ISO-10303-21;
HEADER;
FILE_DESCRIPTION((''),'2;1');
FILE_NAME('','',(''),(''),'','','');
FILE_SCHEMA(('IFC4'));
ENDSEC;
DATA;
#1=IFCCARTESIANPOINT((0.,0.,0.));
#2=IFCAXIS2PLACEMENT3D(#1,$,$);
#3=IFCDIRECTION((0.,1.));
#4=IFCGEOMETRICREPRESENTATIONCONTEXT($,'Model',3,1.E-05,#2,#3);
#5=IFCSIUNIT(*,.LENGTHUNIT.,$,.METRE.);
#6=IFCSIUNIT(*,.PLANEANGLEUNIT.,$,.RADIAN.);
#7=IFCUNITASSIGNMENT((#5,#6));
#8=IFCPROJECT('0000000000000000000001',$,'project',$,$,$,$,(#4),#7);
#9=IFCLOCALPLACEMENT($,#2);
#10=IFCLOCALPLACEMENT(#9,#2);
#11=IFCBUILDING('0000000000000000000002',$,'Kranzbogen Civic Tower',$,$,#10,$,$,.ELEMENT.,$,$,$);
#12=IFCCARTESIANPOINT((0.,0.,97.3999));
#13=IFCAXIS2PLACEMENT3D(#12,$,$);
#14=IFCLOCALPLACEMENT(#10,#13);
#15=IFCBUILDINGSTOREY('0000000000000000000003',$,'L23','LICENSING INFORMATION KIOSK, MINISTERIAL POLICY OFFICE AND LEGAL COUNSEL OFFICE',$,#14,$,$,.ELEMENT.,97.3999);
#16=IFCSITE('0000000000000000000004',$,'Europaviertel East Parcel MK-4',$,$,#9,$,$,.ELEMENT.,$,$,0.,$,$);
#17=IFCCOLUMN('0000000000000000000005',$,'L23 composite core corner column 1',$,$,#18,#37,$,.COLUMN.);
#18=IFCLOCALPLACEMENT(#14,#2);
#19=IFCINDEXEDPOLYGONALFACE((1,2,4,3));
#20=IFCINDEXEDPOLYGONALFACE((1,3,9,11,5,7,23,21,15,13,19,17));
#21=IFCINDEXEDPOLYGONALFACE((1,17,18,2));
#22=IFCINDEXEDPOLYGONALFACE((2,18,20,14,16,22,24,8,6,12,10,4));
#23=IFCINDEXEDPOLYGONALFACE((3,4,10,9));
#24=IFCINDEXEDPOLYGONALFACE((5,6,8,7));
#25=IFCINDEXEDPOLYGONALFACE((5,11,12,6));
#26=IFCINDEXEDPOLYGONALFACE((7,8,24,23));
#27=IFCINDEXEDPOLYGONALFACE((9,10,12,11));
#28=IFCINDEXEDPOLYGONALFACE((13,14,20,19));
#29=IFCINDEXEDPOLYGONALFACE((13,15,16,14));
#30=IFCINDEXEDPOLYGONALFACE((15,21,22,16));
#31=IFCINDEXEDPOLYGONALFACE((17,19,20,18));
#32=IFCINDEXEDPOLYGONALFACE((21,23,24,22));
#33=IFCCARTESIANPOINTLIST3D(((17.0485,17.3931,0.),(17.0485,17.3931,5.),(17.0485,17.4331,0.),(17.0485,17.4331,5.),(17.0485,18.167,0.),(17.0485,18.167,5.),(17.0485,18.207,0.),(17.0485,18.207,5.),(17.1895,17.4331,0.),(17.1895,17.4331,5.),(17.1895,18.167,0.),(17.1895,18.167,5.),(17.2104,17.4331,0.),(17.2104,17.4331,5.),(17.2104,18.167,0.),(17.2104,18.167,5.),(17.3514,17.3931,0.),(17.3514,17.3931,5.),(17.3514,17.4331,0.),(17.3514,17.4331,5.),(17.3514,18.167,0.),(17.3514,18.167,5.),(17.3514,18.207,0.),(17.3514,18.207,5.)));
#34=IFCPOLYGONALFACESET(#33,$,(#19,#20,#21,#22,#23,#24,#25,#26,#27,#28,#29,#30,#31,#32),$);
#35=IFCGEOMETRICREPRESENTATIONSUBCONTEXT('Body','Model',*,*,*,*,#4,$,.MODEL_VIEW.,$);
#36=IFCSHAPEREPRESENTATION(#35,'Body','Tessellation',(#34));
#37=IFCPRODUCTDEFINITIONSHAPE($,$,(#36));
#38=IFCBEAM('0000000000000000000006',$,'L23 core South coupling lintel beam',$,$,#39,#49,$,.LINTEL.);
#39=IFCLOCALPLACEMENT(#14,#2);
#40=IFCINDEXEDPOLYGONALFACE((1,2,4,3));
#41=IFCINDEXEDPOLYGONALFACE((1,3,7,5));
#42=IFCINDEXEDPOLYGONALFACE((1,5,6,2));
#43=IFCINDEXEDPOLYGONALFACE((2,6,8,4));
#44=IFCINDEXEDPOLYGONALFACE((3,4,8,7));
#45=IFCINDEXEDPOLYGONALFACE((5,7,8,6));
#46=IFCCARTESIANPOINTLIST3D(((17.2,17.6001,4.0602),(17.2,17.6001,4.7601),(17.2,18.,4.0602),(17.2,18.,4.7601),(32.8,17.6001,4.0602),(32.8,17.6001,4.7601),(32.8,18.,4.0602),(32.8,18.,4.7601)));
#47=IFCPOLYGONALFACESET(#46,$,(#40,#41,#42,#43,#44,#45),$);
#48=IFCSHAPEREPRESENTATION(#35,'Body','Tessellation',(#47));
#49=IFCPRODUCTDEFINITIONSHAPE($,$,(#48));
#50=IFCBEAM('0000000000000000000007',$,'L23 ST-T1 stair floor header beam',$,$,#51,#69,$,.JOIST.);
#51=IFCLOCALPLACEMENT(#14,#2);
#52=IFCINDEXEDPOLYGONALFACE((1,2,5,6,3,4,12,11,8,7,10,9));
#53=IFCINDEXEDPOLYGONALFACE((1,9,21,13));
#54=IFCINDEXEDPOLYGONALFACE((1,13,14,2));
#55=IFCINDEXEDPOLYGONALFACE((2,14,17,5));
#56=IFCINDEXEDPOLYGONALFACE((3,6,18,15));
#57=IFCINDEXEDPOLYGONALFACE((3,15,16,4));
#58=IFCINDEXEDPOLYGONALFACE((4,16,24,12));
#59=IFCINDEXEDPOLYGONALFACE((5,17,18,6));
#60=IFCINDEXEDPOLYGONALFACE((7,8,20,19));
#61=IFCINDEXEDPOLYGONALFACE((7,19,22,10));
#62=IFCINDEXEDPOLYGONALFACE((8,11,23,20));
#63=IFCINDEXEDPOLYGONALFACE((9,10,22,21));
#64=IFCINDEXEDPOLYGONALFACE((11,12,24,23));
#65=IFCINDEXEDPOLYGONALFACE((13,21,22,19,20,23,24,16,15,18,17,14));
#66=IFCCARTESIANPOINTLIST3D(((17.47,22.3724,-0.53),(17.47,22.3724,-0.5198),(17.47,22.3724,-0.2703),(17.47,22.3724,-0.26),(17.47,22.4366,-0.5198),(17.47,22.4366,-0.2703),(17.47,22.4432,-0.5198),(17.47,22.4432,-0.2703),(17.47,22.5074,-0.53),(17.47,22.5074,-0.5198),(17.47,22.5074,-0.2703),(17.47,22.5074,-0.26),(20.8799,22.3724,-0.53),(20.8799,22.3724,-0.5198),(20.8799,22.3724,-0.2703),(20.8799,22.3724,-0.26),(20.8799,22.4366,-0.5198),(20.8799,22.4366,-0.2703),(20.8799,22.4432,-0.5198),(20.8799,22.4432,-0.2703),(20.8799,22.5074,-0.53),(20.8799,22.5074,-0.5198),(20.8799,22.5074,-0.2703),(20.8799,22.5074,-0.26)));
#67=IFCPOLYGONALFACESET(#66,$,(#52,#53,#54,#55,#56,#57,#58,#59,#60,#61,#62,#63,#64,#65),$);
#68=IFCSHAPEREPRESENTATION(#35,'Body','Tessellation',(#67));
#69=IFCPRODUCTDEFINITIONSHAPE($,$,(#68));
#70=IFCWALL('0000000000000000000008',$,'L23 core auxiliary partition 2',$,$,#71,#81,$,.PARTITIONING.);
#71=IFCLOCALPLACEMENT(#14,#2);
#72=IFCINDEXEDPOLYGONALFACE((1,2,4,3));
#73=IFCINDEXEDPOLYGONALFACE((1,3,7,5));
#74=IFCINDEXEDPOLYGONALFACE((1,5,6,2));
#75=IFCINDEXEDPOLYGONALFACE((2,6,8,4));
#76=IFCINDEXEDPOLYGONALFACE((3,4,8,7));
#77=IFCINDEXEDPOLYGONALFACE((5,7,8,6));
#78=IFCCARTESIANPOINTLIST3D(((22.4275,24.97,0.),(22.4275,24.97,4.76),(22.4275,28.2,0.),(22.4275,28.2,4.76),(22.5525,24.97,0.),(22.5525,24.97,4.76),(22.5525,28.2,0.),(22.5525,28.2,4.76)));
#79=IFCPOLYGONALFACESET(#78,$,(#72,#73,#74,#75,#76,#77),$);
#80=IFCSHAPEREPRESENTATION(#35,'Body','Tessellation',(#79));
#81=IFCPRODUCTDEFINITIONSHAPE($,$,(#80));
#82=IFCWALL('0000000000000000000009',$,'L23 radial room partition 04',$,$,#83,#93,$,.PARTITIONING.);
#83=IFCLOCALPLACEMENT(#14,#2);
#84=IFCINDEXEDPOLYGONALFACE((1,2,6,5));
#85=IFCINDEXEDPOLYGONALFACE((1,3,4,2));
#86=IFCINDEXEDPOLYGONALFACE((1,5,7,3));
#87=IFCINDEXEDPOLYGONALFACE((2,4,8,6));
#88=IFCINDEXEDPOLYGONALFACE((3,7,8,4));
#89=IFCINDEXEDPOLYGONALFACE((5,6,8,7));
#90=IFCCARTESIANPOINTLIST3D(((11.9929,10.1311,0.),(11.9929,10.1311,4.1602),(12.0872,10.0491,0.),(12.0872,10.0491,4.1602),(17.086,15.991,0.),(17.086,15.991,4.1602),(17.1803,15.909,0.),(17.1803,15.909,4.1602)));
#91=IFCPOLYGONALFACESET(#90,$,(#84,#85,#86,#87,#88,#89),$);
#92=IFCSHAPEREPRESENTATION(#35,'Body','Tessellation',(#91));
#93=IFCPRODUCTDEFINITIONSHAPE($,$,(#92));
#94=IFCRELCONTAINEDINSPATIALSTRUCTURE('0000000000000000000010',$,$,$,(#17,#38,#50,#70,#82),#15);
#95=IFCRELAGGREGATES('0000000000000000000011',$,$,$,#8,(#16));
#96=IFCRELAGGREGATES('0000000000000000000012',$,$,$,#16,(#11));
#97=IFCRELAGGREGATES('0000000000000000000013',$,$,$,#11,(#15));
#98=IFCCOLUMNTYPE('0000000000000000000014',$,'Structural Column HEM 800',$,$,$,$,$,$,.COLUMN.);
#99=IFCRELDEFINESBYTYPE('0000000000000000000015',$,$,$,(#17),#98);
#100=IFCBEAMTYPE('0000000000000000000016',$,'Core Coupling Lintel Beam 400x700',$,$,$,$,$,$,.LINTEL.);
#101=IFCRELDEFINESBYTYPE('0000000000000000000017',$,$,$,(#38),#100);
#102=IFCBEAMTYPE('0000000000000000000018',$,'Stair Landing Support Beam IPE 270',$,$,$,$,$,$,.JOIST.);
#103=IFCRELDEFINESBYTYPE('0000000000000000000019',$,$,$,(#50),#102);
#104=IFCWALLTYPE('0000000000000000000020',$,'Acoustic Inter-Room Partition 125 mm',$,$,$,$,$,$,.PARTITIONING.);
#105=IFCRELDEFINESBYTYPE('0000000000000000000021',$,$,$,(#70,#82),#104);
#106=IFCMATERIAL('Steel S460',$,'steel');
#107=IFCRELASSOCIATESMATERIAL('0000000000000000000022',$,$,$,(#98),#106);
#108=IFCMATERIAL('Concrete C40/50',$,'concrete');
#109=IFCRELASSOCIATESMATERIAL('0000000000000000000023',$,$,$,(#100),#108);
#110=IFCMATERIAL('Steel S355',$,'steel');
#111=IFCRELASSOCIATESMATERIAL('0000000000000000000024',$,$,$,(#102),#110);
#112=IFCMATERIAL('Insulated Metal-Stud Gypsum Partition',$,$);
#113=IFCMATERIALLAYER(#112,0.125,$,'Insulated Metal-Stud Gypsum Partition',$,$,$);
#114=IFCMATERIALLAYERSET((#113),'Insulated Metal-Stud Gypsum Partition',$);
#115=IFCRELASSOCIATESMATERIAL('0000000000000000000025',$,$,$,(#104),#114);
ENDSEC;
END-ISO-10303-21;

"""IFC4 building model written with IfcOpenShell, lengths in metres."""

from ifc_helpers import new_model, si_unit, direction, frame, frame_2d, origin, origin_2d, place, context, subcontext, project, spatial, rectangle, i_section, extrude, material, layer, layer_set, material_profile, profile_set, type_object, element, save


model = new_model("IFC4")

# Units and contexts
model_context = context("Model", 3, precision=1e-05, world=origin(), true_north=direction((0.0, 1.0)))
body_context = subcontext(model_context, "Body", "Model", "MODEL_VIEW")
ifc_project = project(units=[si_unit("LENGTHUNIT", "METRE"), si_unit("PLANEANGLEUNIT", "RADIAN")], contexts=[model_context])

# Site, building, storey
site_placement = place(None, origin())
site = spatial("IfcSite", under=ifc_project, at=site_placement, Name="Europaviertel East Parcel MK-4", CompositionType="ELEMENT", RefElevation=0.0)
building_placement = place(site_placement, origin())
building = spatial("IfcBuilding", under=site, at=building_placement, Name="Kranzbogen Civic Tower", CompositionType="ELEMENT")
storey_placement = place(building_placement, frame((0.0, 0.0, 97.3999)))
storey = spatial("IfcBuildingStorey", under=building, at=storey_placement, Name="L23", Description="LICENSING INFORMATION KIOSK, MINISTERIAL POLICY OFFICE AND LEGAL COUNSEL OFFICE", CompositionType="ELEMENT", Elevation=97.3999)

# Column
ifc_material_1 = material(Name="Steel S460", Category="steel")
ifc_material_profile_1 = material_profile(ifc_material_1, i_section(OverallWidth=0.303, OverallDepth=0.814, WebThickness=0.021, FlangeThickness=0.04, at=origin_2d()), Name="HEM 800")
ifc_profile_set_1 = profile_set([ifc_material_profile_1], Name="Steel S460")
column_type = type_object("IfcColumnType", Name="Structural Column HEM 800", PredefinedType="COLUMN", material=ifc_profile_set_1)
column_placement = place(storey_placement, frame((17.2, 17.8, 0.0), z_axis=(0.0, 0.0, 1.0), x_axis=(1.0, 0.0, 0.0)))
element("IfcColumn", 1, at=column_placement, inside=storey, type_object=column_type, Name="L23 composite core corner column 1", PredefinedType="COLUMN", context=body_context, shape_type="SweptSolid", body=[
    extrude(i_section(OverallWidth=0.303, OverallDepth=0.814, WebThickness=0.021, FlangeThickness=0.04, at=origin_2d()), origin(), (0.0, 0.0, 1.0), 5.0),
])

# Beams
ifc_material_2 = material(Name="Concrete C40/50", Category="concrete")
ifc_material_profile_2 = material_profile(ifc_material_2, rectangle(XDim=0.3999, YDim=0.7, at=origin_2d()), Name="RC-BM 400x700")
ifc_profile_set_2 = profile_set([ifc_material_profile_2], Name="Concrete C40/50")
beam_type_1 = type_object("IfcBeamType", Name="Core Coupling Lintel Beam 400x700", PredefinedType="LINTEL", material=ifc_profile_set_2)
beam_1_placement = place(storey_placement, frame((17.2, 17.8, 4.4102), z_axis=(1.0, 0.0, 0.0), x_axis=(0.0, 1.0, 0.0)))
element("IfcBeam", 2, at=beam_1_placement, inside=storey, type_object=beam_type_1, Name="L23 core South coupling lintel beam", PredefinedType="LINTEL", context=body_context, shape_type="SweptSolid", body=[
    extrude(rectangle(XDim=0.3999, YDim=0.7, at=origin_2d()), origin(), (0.0, 0.0, 1.0), 15.6001),
])
ifc_material_3 = material(Name="Steel S355", Category="steel")
ifc_material_profile_3 = material_profile(ifc_material_3, i_section(OverallWidth=0.135, OverallDepth=0.27, WebThickness=0.0066, FlangeThickness=0.0103, at=origin_2d()), Name="IPE 270")
ifc_profile_set_3 = profile_set([ifc_material_profile_3], Name="Steel S355")
beam_type_2 = type_object("IfcBeamType", Name="Stair Landing Support Beam IPE 270", PredefinedType="JOIST", material=ifc_profile_set_3)
beam_2_placement = place(storey_placement, frame((20.8799, 22.4399, -0.395), z_axis=(-1.0, 0.0, 0.0), x_axis=(0.0, -1.0, 0.0)))
element("IfcBeam", 3, at=beam_2_placement, inside=storey, type_object=beam_type_2, Name="L23 ST-T1 stair floor header beam", PredefinedType="JOIST", context=body_context, shape_type="SweptSolid", body=[
    extrude(i_section(OverallWidth=0.135, OverallDepth=0.27, WebThickness=0.0066, FlangeThickness=0.0103, at=origin_2d()), origin(), (0.0, 0.0, 1.0), 3.4099),
])

# Walls
ifc_material_4 = material(Name="Insulated Metal-Stud Gypsum Partition")
ifc_layer_1 = layer(ifc_material_4, 0.125, Name="Insulated Metal-Stud Gypsum Partition")
ifc_layer_set_1 = layer_set([ifc_layer_1], Name="Insulated Metal-Stud Gypsum Partition")
wall_type_1 = type_object("IfcWallType", Name="Acoustic Inter-Room Partition 125 mm", PredefinedType="PARTITIONING", material=ifc_layer_set_1)
wall_1_placement = place(storey_placement, frame((22.49, 24.97, 0.0), z_axis=(0.0, 0.0, 1.0), x_axis=(0.0, 1.0, 0.0)))
element("IfcWall", 4, at=wall_1_placement, inside=storey, type_object=wall_type_1, Name="L23 core auxiliary partition 2", PredefinedType="PARTITIONING", context=body_context, shape_type="SweptSolid", body=[
    extrude(rectangle(XDim=3.23, YDim=0.125, at=frame_2d((1.615, 0.0))), origin(), (0.0, 0.0, 1.0), 4.76),
])
wall_2_placement = place(storey_placement, frame((17.1331, 15.95, 0.0), z_axis=(0.0, 0.0, 1.0), x_axis=(-0.655994, -0.754766, 0.0)))
element("IfcWall", 5, at=wall_2_placement, inside=storey, type_object=wall_type_1, Name="L23 radial room partition 04", PredefinedType="PARTITIONING", context=body_context, shape_type="SweptSolid", body=[
    extrude(rectangle(XDim=7.7639, YDim=0.125, at=frame_2d((3.8818, 0.0))), origin(), (0.0, 0.0, 1.0), 4.1602),
])

save(model, "model.ifc")
